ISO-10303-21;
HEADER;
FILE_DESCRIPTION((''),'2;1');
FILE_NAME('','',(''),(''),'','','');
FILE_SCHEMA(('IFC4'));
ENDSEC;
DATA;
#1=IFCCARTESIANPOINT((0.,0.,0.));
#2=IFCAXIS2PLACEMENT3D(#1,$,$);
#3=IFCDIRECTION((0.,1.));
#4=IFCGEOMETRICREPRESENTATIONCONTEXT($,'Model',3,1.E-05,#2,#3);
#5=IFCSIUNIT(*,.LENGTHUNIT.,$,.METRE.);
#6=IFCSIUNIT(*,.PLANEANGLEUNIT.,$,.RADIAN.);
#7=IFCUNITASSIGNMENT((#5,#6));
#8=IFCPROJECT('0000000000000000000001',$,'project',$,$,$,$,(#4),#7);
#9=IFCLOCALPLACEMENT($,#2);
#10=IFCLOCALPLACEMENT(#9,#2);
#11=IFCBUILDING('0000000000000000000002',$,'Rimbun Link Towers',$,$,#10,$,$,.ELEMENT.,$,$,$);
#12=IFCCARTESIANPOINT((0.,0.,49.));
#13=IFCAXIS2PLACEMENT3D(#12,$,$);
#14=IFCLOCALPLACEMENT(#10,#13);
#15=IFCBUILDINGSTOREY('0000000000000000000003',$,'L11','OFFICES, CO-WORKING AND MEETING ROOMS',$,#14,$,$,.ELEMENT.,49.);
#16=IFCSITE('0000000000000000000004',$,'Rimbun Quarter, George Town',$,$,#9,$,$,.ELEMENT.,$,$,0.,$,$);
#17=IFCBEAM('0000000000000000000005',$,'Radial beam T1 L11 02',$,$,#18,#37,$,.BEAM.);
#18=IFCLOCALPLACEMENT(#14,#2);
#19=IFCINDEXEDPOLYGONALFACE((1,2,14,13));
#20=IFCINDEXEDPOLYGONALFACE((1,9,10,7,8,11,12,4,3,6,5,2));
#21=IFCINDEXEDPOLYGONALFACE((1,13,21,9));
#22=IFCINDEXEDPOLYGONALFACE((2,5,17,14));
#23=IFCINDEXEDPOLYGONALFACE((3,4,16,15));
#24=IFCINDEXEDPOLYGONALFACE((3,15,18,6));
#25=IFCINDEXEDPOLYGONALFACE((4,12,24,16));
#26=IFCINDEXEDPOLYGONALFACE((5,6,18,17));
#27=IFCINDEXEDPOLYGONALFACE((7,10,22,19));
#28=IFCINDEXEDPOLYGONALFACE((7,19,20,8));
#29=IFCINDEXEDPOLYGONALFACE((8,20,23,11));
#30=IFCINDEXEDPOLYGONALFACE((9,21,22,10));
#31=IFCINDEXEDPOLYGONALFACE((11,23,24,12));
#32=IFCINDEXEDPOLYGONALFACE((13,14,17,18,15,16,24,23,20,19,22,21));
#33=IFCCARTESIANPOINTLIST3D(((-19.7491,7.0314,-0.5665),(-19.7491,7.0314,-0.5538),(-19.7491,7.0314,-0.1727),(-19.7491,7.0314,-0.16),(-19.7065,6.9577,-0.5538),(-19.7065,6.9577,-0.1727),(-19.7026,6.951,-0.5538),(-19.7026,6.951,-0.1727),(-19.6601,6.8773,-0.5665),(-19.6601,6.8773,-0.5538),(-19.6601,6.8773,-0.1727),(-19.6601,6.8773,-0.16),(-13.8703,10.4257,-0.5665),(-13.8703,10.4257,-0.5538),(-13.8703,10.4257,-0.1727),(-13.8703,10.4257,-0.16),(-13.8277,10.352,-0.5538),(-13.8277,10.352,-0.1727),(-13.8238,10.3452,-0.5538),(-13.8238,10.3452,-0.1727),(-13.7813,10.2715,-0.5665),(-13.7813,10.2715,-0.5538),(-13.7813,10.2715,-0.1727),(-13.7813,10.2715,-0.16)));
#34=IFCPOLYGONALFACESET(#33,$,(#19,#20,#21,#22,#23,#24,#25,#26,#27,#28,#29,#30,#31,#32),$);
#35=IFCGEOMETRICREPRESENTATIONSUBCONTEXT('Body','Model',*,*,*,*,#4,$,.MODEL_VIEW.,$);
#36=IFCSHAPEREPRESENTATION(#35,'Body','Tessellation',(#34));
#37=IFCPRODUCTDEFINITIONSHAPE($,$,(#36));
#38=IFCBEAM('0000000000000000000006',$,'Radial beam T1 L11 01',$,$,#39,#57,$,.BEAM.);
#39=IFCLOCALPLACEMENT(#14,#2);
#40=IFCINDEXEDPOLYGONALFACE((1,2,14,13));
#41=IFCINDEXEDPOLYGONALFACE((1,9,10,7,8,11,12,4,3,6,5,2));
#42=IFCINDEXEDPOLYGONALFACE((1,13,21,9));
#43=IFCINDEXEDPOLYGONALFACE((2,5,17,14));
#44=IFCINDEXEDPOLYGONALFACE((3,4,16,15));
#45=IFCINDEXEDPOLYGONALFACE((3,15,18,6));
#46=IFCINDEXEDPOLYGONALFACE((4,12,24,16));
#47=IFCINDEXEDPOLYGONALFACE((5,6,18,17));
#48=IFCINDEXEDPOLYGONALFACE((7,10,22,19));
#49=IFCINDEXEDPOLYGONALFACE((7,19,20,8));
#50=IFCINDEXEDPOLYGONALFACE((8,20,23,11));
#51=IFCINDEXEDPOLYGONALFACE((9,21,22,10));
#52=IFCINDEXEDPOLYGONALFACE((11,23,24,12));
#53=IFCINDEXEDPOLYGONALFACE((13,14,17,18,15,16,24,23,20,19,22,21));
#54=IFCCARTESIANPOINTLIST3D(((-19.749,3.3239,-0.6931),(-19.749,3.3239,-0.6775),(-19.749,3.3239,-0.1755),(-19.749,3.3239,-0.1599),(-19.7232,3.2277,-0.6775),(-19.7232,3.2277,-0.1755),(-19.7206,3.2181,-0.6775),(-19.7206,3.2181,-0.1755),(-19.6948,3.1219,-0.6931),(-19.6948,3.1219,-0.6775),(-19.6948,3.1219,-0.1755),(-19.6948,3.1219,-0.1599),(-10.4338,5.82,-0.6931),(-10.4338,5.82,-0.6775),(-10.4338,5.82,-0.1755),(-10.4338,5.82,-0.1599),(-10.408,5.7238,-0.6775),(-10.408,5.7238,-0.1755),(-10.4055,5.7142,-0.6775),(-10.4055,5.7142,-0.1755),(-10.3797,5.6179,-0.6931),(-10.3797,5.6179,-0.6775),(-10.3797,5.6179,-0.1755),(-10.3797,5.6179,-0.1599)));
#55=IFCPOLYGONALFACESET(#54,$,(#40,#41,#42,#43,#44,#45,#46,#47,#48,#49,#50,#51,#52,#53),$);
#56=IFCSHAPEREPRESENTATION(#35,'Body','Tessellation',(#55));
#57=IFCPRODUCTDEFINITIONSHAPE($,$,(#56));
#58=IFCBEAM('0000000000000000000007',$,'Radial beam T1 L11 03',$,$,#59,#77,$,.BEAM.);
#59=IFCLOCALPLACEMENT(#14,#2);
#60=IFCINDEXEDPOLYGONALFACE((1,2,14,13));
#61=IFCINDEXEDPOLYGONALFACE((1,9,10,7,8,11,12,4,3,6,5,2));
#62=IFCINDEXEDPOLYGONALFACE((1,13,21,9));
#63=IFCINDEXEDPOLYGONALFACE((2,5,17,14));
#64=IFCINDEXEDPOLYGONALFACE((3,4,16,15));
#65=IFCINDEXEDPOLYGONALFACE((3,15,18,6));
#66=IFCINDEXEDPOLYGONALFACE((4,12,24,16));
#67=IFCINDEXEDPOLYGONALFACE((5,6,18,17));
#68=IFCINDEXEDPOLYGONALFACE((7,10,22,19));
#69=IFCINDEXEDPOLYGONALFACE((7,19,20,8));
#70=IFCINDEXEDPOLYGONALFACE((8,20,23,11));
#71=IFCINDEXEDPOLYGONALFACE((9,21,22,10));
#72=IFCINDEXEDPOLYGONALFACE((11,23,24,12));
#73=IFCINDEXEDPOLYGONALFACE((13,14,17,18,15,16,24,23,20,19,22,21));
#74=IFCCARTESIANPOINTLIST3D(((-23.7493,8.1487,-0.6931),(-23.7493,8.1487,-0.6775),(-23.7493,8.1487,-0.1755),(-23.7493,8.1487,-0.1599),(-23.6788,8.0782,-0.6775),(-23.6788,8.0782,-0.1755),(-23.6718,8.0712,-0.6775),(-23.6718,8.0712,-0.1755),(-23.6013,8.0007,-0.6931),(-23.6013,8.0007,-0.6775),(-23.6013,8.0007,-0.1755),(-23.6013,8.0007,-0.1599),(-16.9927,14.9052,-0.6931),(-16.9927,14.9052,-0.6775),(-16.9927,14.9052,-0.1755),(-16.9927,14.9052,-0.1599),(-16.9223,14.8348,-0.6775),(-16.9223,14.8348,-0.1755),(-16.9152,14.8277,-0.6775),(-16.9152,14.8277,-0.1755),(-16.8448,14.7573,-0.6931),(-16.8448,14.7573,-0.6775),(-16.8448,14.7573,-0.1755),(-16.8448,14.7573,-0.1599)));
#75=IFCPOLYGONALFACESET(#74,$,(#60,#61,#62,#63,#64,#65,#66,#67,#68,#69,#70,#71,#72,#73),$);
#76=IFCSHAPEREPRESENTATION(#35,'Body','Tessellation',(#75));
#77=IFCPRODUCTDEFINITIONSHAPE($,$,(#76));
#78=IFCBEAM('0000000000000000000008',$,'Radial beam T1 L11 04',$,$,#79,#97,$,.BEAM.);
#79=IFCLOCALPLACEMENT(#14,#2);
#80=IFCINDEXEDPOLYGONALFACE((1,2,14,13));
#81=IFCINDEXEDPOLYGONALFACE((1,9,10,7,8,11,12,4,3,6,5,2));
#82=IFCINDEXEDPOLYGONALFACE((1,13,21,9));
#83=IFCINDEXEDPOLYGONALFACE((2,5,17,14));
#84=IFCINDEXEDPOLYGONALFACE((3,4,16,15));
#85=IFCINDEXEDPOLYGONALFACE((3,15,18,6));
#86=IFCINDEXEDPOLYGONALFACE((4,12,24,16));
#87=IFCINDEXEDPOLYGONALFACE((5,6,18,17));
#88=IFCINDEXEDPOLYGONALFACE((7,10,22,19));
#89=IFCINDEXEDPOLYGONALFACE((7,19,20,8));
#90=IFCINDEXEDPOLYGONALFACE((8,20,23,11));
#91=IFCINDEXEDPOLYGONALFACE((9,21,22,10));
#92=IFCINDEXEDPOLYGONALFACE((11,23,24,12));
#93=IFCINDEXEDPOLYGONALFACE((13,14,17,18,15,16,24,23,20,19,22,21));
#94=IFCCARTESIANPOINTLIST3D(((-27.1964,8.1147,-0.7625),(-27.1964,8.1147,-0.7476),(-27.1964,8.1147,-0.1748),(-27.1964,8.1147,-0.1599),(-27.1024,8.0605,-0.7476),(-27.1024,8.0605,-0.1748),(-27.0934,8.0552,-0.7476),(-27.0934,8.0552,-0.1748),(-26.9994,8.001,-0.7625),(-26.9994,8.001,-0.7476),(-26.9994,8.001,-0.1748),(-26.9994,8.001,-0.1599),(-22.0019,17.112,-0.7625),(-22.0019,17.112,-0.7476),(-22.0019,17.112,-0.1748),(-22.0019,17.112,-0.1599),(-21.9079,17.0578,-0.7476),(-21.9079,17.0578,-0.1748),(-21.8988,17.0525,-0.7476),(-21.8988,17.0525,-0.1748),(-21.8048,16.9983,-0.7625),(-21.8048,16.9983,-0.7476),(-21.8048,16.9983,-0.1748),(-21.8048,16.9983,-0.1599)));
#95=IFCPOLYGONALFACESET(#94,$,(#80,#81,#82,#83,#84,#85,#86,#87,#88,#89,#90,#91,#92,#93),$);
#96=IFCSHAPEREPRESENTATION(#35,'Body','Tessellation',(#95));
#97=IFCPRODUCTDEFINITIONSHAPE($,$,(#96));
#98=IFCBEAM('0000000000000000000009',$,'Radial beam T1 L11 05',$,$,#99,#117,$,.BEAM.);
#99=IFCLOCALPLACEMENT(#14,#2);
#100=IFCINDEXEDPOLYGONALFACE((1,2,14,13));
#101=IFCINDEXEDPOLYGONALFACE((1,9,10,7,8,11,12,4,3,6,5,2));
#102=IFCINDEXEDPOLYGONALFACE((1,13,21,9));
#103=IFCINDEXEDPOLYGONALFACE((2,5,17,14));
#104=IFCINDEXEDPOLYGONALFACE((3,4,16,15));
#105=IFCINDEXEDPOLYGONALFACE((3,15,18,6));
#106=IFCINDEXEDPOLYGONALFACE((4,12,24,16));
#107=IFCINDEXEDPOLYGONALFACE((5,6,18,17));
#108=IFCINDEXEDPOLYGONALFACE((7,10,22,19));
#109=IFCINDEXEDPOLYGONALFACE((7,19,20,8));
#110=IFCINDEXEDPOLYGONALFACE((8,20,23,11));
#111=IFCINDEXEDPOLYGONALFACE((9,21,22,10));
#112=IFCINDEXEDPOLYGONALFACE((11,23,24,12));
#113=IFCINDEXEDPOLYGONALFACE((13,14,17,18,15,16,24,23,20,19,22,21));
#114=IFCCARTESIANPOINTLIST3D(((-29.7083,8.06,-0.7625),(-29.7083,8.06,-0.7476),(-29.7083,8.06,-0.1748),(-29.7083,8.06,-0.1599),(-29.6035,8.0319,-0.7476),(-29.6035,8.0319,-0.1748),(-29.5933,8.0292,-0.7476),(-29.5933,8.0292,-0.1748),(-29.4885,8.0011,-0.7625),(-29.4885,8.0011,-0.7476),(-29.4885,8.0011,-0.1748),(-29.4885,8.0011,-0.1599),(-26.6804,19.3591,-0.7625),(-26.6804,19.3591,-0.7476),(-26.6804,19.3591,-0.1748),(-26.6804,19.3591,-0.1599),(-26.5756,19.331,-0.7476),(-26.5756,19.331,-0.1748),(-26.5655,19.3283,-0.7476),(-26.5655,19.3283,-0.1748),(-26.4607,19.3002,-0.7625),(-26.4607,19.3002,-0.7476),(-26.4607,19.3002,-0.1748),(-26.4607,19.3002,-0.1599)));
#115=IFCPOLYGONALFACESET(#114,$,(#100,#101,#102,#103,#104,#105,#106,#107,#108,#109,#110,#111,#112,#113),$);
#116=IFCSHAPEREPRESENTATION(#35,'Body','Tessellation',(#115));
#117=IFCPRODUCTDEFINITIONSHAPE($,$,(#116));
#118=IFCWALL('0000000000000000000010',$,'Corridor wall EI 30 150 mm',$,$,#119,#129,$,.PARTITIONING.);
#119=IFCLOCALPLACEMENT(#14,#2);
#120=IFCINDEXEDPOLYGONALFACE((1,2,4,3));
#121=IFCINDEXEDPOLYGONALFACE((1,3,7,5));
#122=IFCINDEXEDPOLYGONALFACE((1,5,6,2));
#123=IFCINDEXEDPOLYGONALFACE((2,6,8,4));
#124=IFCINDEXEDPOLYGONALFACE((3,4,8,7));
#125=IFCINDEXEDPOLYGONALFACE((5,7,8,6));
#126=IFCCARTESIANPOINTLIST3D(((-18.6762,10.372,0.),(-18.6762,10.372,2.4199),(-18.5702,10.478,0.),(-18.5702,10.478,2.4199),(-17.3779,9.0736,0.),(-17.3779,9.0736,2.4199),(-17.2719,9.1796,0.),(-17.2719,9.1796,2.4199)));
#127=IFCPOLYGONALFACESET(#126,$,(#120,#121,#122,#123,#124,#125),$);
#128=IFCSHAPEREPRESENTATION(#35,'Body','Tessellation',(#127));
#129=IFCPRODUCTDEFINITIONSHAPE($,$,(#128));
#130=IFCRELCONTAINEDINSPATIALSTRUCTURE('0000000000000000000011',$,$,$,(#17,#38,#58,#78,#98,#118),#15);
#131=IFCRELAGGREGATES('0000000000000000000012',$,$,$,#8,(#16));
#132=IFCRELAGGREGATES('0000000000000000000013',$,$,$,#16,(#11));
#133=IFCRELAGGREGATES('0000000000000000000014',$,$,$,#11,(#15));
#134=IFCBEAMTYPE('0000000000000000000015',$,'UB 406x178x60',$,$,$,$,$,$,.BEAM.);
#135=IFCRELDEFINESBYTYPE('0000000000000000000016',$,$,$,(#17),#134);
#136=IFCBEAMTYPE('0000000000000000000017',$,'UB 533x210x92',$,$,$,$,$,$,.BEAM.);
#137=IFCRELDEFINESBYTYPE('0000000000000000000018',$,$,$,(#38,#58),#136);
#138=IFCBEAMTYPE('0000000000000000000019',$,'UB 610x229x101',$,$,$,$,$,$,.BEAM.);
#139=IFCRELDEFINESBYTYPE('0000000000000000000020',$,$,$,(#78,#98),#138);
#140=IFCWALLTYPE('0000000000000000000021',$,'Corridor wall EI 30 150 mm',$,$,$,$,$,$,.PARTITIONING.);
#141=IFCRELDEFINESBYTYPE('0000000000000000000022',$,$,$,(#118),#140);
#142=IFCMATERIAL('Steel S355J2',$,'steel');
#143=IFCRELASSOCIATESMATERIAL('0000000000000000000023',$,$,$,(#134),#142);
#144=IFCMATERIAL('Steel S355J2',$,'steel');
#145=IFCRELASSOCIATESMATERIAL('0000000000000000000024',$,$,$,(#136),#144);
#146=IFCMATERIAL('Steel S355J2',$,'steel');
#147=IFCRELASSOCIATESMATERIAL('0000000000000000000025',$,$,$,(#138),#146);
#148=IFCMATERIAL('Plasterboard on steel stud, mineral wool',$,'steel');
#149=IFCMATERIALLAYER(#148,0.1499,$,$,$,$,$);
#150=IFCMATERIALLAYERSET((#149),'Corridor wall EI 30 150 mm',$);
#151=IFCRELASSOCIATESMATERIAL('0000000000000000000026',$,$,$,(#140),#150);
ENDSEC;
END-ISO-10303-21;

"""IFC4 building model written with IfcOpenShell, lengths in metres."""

from ifc_helpers import new_model, si_unit, direction, frame, frame_2d, origin, origin_2d, place, context, subcontext, project, spatial, rectangle, i_section, extrude, material, layer, layer_set, material_profile, profile_set, type_object, element, save


model = new_model("IFC4")

# Units and contexts
model_context = context("Model", 3, precision=1e-05, world=origin(), true_north=direction((0.0, 1.0)))
body_context = subcontext(model_context, "Body", "Model", "MODEL_VIEW")
ifc_project = project(units=[si_unit("LENGTHUNIT", "METRE"), si_unit("PLANEANGLEUNIT", "RADIAN")], contexts=[model_context])

# Site, building, storey
site_placement = place(None, origin())
site = spatial("IfcSite", under=ifc_project, at=site_placement, Name="Rimbun Quarter, George Town", CompositionType="ELEMENT", RefElevation=0.0)
building_placement = place(site_placement, origin())
building = spatial("IfcBuilding", under=site, at=building_placement, Name="Rimbun Link Towers", CompositionType="ELEMENT")
storey_placement = place(building_placement, frame((0.0, 0.0, 49.0)))
storey = spatial("IfcBuildingStorey", under=building, at=storey_placement, Name="L11", Description="OFFICES, CO-WORKING AND MEETING ROOMS", CompositionType="ELEMENT", Elevation=49.0)

# Beams
ifc_material_1 = material(Name="Steel S355J2", Category="steel")
ifc_material_profile_1 = material_profile(ifc_material_1, i_section(OverallWidth=0.178, OverallDepth=0.4065, WebThickness=0.0078, FlangeThickness=0.0127, at=origin_2d()), Name="UB 406x178x60")
ifc_profile_set_1 = profile_set([ifc_material_profile_1], Name="Steel S355J2")
beam_type_1 = type_object("IfcBeamType", Name="UB 406x178x60", PredefinedType="BEAM", material=ifc_profile_set_1)
beam_1_placement = place(storey_placement, frame((-19.7046, 6.9543, -0.3633), z_axis=(0.866019, 0.500011, 0.0), x_axis=(-0.500011, 0.866019, 0.0)))
element("IfcBeam", 1, at=beam_1_placement, inside=storey, type_object=beam_type_1, Name="Radial beam T1 L11 02", PredefinedType="BEAM", context=body_context, shape_type="SweptSolid", body=[
    extrude(i_section(OverallWidth=0.178, OverallDepth=0.4065, WebThickness=0.0078, FlangeThickness=0.0127, at=origin_2d()), origin(), (0.0, 0.0, 1.0), 6.7883),
])
ifc_material_2 = material(Name="Steel S355J2", Category="steel")
ifc_material_profile_2 = material_profile(ifc_material_2, i_section(OverallWidth=0.2092, OverallDepth=0.5332, WebThickness=0.01, FlangeThickness=0.0156, at=origin_2d()), Name="UB 533x210x92")
ifc_profile_set_2 = profile_set([ifc_material_profile_2], Name="Steel S355J2")
beam_type_2 = type_object("IfcBeamType", Name="UB 533x210x92", PredefinedType="BEAM", material=ifc_profile_set_2)
beam_2_placement = place(storey_placement, frame((-19.7219, 3.2229, -0.4265), z_axis=(0.965923, 0.258828, 0.0), x_axis=(-0.258828, 0.965923, 0.0)))
element("IfcBeam", 2, at=beam_2_placement, inside=storey, type_object=beam_type_2, Name="Radial beam T1 L11 01", PredefinedType="BEAM", context=body_context, shape_type="SweptSolid", body=[
    extrude(i_section(OverallWidth=0.2092, OverallDepth=0.5332, WebThickness=0.01, FlangeThickness=0.0156, at=origin_2d()), origin(), (0.0, 0.0, 1.0), 9.6438),
])
beam_3_placement = place(storey_placement, frame((-23.6753, 8.0747, -0.4265), z_axis=(0.707107, 0.707107, 0.0), x_axis=(-0.707107, 0.707107, 0.0)))
element("IfcBeam", 3, at=beam_3_placement, inside=storey, type_object=beam_type_2, Name="Radial beam T1 L11 03", PredefinedType="BEAM", context=body_context, shape_type="SweptSolid", body=[
    extrude(i_section(OverallWidth=0.2092, OverallDepth=0.5332, WebThickness=0.01, FlangeThickness=0.0156, at=origin_2d()), origin(), (0.0, 0.0, 1.0), 9.5552),
])
ifc_material_3 = material(Name="Steel S355J2", Category="steel")
ifc_material_profile_3 = material_profile(ifc_material_3, i_section(OverallWidth=0.2275, OverallDepth=0.6025, WebThickness=0.0105, FlangeThickness=0.0149, at=origin_2d()), Name="UB 610x229x101")
ifc_profile_set_3 = profile_set([ifc_material_profile_3], Name="Steel S355J2")
beam_type_3 = type_object("IfcBeamType", Name="UB 610x229x101", PredefinedType="BEAM", material=ifc_profile_set_3)
beam_4_placement = place(storey_placement, frame((-27.0979, 8.0579, -0.4612), z_axis=(0.499998, 0.866026, 0.0), x_axis=(-0.866026, 0.499998, 0.0)))
element("IfcBeam", 4, at=beam_4_placement, inside=storey, type_object=beam_type_3, Name="Radial beam T1 L11 04", PredefinedType="BEAM", context=body_context, shape_type="SweptSolid", body=[
    extrude(i_section(OverallWidth=0.2275, OverallDepth=0.6025, WebThickness=0.0105, FlangeThickness=0.0149, at=origin_2d()), origin(), (0.0, 0.0, 1.0), 10.3892),
])
beam_5_placement = place(storey_placement, frame((-29.5984, 8.0305, -0.4612), z_axis=(0.258839, 0.96592, 0.0), x_axis=(-0.96592, 0.258839, 0.0)))
element("IfcBeam", 5, at=beam_5_placement, inside=storey, type_object=beam_type_3, Name="Radial beam T1 L11 05", PredefinedType="BEAM", context=body_context, shape_type="SweptSolid", body=[
    extrude(i_section(OverallWidth=0.2275, OverallDepth=0.6025, WebThickness=0.0105, FlangeThickness=0.0149, at=origin_2d()), origin(), (0.0, 0.0, 1.0), 11.6978),
])

# Wall
ifc_material_4 = material(Name="Plasterboard on steel stud, mineral wool", Category="steel")
ifc_layer_1 = layer(ifc_material_4, 0.1499)
ifc_layer_set_1 = layer_set([ifc_layer_1], Name="Corridor wall EI 30 150 mm")
wall_type_1 = type_object("IfcWallType", Name="Corridor wall EI 30 150 mm", PredefinedType="PARTITIONING", material=ifc_layer_set_1)
wall_1_placement = place(storey_placement, frame((-17.325, 9.1267, 0.0), z_axis=(0.0, 0.0, 1.0), x_axis=(-0.707107, 0.707107, 0.0)))
element("IfcWall", 6, at=wall_1_placement, inside=storey, type_object=wall_type_1, Name="Corridor wall EI 30 150 mm", PredefinedType="PARTITIONING", context=body_context, shape_type="SweptSolid", body=[
    extrude(rectangle(XDim=1.8362, YDim=0.1499, at=frame_2d((0.918, 0.0))), origin(), (0.0, 0.0, 1.0), 2.4199),
])

save(model, "model.ifc")
